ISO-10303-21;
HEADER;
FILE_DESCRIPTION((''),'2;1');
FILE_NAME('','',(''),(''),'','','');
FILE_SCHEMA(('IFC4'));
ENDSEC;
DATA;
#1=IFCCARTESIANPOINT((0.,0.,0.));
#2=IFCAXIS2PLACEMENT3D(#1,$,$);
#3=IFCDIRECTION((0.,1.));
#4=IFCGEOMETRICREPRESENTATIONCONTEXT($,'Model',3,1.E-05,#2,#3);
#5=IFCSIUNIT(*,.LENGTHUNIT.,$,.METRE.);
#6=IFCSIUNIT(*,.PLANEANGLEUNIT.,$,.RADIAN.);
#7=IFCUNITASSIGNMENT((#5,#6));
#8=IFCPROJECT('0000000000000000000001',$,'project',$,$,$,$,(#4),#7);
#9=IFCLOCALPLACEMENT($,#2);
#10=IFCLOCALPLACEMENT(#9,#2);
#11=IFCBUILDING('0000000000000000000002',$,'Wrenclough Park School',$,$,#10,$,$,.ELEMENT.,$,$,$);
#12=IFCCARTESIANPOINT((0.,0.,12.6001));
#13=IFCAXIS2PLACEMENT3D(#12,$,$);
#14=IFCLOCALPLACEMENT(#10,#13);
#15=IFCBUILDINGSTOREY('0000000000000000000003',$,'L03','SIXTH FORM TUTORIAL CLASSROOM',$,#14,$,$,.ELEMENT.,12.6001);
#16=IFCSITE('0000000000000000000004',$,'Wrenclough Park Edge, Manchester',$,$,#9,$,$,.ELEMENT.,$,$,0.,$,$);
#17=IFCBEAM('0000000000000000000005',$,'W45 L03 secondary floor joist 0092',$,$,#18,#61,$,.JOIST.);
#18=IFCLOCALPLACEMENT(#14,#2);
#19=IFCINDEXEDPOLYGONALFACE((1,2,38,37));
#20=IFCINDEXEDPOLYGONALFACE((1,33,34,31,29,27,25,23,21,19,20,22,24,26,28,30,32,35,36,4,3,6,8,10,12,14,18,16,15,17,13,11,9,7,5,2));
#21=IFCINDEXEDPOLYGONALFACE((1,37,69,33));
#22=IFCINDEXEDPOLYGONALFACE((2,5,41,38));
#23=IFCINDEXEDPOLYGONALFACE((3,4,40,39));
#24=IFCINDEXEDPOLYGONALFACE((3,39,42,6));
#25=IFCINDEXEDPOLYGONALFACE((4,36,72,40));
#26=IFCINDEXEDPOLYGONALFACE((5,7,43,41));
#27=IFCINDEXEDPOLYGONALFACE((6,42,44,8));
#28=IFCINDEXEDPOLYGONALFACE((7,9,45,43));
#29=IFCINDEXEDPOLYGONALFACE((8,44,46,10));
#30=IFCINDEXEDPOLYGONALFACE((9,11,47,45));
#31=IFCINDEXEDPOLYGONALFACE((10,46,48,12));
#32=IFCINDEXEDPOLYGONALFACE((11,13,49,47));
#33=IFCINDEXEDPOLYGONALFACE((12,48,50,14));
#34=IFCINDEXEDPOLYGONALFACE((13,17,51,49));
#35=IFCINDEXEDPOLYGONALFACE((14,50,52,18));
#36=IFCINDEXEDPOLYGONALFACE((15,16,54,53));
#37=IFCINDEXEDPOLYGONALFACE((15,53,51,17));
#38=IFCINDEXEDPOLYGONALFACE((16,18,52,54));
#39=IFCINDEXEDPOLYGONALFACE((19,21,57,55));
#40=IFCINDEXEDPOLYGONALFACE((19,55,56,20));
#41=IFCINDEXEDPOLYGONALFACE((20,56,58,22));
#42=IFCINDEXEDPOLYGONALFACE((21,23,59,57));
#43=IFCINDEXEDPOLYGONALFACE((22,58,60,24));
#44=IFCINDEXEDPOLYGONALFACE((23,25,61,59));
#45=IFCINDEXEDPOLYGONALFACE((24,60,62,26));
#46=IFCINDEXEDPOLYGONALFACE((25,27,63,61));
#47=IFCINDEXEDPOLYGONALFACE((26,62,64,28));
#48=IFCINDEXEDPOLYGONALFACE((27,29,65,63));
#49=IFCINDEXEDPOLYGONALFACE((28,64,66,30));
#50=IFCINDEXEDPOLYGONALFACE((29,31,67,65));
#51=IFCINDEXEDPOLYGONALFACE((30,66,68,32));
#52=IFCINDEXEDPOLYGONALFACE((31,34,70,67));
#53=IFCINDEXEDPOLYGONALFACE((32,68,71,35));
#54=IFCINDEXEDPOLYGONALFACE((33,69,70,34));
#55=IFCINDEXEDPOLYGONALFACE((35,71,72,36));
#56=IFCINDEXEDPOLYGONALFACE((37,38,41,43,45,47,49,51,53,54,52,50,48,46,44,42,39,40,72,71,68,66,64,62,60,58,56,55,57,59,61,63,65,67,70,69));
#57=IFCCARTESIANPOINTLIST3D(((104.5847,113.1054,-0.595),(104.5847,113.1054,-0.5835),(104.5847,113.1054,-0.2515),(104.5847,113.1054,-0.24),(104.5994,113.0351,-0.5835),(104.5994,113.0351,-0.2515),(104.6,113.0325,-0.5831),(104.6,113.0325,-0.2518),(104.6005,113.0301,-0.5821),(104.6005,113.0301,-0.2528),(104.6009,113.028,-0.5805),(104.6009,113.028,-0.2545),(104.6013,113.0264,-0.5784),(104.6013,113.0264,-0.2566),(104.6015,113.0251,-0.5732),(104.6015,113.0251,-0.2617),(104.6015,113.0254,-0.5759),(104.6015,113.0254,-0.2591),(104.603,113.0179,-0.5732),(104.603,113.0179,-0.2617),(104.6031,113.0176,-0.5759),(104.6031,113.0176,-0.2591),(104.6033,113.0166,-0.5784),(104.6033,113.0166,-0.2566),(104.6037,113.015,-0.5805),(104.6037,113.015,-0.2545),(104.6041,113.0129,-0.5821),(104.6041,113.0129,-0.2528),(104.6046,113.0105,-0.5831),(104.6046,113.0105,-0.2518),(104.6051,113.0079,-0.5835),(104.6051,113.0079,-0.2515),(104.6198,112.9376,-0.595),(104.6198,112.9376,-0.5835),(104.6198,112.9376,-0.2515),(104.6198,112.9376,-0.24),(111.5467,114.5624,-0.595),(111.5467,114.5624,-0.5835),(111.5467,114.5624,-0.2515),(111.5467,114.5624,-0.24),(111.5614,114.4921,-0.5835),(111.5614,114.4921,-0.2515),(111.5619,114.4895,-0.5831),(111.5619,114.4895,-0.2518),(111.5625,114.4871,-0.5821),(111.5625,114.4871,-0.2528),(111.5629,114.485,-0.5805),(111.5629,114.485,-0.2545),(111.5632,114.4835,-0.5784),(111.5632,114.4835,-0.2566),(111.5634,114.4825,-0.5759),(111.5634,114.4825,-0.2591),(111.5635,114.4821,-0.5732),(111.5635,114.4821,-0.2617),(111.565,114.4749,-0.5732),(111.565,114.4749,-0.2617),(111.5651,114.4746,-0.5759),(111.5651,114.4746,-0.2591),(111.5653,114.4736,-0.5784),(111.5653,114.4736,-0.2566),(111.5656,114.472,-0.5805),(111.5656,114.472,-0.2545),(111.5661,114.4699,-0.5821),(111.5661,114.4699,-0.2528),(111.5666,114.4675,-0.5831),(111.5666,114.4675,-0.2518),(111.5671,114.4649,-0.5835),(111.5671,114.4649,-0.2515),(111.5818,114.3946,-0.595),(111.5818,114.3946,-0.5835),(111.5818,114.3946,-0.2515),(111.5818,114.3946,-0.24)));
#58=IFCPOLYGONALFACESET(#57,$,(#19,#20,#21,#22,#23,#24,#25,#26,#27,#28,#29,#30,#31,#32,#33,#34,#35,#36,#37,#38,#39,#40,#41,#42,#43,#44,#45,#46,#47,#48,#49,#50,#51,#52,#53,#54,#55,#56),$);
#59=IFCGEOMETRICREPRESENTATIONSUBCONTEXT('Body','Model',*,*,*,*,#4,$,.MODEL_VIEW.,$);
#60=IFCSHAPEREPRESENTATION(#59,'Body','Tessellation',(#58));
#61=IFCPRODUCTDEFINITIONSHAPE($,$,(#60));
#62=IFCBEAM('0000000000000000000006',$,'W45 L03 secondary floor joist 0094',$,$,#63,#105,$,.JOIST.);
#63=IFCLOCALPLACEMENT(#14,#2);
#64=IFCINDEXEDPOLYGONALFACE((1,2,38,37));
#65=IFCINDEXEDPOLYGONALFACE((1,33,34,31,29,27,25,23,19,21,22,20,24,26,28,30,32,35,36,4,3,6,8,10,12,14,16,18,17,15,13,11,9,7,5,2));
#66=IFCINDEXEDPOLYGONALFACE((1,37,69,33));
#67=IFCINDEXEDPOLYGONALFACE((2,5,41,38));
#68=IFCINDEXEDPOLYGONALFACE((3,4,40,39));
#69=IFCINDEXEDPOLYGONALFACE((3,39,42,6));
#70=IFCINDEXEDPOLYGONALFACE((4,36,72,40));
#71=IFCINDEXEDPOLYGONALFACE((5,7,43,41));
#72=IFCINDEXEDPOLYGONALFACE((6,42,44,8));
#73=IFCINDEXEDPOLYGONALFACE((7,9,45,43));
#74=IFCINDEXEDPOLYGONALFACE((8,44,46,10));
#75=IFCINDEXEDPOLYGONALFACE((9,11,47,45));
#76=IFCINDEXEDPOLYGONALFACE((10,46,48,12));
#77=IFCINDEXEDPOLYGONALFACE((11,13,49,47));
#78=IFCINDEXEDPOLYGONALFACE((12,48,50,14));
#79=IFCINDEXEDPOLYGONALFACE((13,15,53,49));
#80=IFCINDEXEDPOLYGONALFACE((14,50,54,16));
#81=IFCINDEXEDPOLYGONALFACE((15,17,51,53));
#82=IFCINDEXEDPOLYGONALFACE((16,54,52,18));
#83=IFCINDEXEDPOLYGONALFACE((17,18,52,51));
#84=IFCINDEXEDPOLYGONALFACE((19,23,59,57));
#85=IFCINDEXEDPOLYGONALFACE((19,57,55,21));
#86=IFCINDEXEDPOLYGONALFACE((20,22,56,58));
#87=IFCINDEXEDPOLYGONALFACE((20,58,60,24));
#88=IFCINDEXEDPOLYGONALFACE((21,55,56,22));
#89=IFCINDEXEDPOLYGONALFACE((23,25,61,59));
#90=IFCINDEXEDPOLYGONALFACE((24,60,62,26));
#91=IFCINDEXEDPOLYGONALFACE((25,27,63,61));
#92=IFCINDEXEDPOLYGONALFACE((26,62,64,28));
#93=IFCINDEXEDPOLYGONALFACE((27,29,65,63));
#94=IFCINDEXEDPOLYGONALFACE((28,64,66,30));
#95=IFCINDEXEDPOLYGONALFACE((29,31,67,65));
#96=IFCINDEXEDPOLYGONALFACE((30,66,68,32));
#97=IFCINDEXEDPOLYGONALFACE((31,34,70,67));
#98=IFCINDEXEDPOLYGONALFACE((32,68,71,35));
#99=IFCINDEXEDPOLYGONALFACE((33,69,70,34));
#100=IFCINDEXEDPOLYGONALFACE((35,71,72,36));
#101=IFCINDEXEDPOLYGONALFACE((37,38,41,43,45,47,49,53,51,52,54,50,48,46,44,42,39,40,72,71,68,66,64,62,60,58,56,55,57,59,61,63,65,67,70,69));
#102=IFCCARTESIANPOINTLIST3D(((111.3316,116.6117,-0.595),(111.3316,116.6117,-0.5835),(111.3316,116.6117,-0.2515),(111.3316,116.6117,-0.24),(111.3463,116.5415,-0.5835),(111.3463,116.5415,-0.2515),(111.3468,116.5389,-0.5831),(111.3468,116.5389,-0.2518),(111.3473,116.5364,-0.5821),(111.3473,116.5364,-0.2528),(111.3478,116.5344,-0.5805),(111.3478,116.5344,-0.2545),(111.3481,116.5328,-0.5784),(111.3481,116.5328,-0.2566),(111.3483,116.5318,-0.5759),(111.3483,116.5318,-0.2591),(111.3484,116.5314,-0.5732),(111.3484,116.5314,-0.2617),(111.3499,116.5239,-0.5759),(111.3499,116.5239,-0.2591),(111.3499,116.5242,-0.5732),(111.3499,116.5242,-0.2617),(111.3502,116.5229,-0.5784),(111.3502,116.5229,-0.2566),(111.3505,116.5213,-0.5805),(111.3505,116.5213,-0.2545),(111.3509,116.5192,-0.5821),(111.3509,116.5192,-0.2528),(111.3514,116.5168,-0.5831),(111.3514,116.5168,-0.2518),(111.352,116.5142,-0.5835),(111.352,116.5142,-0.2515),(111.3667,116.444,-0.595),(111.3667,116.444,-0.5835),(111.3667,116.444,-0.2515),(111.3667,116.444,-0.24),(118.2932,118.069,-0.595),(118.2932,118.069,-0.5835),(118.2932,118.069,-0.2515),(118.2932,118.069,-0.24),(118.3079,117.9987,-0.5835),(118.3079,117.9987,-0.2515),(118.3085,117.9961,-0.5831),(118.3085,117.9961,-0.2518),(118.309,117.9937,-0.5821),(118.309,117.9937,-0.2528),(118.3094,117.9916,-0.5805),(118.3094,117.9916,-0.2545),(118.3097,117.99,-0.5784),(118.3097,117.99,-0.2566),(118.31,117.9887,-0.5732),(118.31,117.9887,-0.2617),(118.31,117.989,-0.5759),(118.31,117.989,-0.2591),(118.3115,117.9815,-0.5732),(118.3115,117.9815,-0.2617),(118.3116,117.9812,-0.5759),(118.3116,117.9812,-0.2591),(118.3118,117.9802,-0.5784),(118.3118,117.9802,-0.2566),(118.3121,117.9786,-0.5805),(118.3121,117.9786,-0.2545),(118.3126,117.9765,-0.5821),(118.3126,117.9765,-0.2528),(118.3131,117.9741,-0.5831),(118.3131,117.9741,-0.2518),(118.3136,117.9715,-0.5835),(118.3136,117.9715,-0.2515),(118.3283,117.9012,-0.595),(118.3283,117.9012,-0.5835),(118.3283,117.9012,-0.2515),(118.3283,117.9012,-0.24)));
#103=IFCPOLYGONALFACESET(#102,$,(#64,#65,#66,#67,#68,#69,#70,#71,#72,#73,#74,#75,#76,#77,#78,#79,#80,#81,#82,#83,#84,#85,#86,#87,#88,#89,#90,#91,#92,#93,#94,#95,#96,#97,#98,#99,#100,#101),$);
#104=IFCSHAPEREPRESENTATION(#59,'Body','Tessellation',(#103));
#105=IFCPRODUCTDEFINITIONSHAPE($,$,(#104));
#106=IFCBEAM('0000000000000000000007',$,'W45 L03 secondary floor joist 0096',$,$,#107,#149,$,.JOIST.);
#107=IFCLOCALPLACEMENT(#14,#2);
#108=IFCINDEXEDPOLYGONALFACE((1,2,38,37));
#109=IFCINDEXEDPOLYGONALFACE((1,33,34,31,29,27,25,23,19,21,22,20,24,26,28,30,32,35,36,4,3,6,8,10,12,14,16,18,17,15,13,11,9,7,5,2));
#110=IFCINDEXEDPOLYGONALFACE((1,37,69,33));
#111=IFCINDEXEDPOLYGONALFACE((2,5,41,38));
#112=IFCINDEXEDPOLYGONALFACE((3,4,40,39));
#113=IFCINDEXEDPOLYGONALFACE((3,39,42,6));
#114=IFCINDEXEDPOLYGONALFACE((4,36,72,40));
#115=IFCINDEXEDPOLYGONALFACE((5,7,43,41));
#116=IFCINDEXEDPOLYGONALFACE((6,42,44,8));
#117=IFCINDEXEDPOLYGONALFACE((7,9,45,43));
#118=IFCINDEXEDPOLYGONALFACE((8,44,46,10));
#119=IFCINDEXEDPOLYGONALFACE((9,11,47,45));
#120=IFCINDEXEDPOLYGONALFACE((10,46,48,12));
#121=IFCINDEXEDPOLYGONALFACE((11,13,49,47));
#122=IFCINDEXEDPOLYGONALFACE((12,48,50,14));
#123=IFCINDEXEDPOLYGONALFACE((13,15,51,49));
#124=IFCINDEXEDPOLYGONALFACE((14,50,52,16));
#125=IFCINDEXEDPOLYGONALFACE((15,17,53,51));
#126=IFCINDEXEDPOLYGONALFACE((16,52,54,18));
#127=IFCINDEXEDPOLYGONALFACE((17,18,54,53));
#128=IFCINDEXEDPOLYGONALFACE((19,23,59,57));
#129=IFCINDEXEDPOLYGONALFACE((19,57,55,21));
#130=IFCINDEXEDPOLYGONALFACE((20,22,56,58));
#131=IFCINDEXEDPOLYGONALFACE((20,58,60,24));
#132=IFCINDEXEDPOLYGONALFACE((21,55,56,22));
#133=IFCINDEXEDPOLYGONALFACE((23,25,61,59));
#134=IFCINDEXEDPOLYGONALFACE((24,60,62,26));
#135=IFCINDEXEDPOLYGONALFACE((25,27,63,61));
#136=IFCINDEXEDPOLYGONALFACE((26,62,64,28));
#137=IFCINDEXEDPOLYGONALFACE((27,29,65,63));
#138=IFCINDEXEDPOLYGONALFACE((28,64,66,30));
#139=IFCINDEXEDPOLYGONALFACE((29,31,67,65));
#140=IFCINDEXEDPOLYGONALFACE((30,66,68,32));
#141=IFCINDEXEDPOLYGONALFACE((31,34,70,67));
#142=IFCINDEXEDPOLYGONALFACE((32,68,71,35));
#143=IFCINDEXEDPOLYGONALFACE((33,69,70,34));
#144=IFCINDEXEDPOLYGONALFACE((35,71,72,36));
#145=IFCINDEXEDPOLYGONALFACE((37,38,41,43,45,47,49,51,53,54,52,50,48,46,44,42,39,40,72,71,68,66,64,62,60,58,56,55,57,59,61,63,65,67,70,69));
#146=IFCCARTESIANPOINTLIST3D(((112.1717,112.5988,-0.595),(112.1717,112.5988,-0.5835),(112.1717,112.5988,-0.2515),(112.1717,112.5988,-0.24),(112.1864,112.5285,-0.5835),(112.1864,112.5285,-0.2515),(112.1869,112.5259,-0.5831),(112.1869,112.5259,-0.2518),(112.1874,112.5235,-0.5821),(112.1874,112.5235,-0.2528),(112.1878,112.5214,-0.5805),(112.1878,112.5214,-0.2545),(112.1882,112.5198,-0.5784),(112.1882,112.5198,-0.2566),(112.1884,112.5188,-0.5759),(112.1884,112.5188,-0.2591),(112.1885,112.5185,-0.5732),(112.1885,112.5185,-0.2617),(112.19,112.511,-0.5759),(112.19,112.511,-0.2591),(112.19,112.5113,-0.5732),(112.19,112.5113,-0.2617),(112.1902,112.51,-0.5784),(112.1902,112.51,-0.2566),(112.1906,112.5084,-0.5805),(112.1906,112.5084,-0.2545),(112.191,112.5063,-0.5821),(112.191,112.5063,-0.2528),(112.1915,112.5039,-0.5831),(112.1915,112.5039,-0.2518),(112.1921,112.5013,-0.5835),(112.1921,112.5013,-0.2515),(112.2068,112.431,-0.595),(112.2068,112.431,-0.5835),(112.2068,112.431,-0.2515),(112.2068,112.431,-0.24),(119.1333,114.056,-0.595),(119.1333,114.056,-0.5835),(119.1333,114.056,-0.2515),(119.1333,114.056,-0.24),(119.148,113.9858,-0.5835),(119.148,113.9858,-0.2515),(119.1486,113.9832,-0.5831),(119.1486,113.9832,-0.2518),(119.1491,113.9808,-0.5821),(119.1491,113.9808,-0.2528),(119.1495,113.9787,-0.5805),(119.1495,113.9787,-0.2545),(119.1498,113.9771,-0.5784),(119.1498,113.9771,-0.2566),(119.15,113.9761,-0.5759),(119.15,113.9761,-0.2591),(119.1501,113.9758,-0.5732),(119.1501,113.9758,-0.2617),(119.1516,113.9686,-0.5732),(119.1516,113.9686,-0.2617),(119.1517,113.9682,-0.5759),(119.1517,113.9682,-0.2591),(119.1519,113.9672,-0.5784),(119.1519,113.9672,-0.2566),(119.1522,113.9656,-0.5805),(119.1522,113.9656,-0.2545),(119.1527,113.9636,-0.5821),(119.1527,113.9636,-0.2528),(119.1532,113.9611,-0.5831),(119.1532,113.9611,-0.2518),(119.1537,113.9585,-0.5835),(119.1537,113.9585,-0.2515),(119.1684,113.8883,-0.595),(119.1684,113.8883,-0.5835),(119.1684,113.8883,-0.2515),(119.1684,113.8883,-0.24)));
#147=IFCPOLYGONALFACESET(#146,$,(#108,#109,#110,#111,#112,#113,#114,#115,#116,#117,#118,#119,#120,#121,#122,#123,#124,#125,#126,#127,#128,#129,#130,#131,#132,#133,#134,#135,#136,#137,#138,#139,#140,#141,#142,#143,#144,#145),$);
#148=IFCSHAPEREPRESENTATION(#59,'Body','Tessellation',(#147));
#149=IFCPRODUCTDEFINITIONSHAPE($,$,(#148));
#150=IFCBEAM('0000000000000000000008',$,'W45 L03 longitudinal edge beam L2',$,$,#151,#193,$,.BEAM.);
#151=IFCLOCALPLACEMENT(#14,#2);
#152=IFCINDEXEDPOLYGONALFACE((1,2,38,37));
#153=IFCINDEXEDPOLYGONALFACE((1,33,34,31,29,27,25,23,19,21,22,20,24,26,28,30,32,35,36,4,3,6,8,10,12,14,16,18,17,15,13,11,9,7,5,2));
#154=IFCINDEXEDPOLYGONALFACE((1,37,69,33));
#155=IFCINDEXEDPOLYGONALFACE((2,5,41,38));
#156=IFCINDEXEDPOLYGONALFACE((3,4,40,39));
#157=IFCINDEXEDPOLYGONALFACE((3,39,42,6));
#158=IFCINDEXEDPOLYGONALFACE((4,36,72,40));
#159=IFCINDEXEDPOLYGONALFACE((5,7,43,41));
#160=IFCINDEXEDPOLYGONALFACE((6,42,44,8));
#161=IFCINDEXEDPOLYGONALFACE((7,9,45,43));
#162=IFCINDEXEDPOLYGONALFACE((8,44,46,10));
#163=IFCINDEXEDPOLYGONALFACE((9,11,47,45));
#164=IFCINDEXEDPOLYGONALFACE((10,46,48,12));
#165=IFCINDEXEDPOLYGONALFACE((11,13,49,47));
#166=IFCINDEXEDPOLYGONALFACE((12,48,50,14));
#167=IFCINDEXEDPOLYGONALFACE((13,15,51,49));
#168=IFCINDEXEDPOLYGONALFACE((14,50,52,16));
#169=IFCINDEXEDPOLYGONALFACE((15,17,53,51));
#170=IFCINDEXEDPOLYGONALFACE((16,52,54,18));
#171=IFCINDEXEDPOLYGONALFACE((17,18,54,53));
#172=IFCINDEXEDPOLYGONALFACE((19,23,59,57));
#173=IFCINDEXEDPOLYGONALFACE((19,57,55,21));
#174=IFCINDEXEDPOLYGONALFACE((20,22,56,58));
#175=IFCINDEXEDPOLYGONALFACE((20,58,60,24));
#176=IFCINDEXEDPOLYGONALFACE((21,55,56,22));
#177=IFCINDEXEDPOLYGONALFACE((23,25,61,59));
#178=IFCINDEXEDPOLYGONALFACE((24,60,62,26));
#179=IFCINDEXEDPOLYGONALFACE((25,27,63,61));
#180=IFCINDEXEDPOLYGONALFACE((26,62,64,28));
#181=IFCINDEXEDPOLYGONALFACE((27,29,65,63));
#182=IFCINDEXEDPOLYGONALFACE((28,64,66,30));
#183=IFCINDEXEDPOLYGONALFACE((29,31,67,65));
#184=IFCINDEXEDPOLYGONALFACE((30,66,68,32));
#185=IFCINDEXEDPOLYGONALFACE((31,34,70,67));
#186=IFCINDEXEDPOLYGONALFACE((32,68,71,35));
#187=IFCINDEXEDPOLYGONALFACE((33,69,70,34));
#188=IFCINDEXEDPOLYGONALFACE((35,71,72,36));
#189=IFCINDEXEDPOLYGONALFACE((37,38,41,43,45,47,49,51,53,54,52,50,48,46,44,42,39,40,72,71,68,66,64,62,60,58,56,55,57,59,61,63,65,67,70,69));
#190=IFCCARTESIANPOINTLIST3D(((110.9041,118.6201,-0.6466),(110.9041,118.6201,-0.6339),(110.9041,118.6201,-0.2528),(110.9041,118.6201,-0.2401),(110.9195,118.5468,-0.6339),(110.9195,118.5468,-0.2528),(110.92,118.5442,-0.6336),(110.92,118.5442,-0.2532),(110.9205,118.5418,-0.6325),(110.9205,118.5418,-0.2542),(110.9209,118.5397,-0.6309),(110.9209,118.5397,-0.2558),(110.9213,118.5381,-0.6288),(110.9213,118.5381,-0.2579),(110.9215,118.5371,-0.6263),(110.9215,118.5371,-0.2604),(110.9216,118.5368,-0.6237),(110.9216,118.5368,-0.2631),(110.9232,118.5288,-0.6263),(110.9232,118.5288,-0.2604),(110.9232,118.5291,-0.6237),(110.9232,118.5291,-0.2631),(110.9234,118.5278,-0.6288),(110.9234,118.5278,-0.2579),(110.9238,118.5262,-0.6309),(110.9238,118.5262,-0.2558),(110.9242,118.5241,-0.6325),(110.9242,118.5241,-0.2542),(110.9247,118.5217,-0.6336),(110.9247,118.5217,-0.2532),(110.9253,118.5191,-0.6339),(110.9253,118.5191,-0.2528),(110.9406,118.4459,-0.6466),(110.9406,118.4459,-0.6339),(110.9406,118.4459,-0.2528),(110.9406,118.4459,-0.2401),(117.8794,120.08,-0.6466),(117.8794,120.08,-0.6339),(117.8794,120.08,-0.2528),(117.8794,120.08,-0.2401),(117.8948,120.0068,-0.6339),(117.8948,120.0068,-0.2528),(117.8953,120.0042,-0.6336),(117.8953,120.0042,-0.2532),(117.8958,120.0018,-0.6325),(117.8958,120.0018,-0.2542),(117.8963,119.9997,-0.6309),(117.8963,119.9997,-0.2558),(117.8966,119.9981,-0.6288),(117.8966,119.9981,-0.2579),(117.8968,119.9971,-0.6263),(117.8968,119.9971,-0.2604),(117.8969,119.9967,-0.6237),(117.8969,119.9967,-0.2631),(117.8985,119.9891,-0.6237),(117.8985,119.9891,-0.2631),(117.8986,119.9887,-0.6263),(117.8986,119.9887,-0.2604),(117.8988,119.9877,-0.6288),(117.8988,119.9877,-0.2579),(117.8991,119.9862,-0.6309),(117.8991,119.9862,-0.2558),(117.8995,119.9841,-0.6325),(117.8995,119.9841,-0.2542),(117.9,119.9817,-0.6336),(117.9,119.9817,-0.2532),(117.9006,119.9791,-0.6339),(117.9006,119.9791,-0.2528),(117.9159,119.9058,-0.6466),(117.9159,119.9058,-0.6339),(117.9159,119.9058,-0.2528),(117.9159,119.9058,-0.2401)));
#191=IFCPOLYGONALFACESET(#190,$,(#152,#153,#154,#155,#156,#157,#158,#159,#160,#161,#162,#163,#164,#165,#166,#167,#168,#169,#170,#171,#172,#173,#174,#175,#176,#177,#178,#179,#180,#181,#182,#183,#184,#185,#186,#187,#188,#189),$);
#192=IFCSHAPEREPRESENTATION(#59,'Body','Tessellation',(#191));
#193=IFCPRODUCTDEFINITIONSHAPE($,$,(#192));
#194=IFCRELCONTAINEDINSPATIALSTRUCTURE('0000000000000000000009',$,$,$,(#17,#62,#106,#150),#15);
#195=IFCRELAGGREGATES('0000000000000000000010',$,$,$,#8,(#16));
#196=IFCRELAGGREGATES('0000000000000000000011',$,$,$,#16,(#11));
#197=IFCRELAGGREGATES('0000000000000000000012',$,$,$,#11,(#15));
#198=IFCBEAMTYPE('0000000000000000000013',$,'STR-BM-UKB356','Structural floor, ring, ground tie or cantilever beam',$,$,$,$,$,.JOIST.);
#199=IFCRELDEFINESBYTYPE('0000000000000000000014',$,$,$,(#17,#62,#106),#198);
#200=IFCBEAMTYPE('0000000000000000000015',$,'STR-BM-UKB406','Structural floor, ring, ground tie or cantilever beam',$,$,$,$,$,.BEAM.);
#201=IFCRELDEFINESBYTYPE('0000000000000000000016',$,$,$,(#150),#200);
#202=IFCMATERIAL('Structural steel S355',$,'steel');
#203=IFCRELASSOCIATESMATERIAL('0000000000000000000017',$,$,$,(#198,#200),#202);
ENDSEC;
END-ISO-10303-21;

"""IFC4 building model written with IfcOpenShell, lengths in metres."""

from ifc_helpers import new_model, si_unit, direction, frame, origin, origin_2d, place, context, subcontext, project, spatial, i_section, extrude, material, material_profile, profile_set, type_object, element, save


model = new_model("IFC4")

# Units and contexts
model_context = context("Model", 3, precision=1e-05, world=origin(), true_north=direction((0.0, 1.0)))
body_context = subcontext(model_context, "Body", "Model", "MODEL_VIEW")
ifc_project = project(units=[si_unit("LENGTHUNIT", "METRE"), si_unit("PLANEANGLEUNIT", "RADIAN")], contexts=[model_context])

# Site, building, storey
site_placement = place(None, origin())
site = spatial("IfcSite", under=ifc_project, at=site_placement, Name="Wrenclough Park Edge, Manchester", CompositionType="ELEMENT", RefElevation=0.0)
building_placement = place(site_placement, origin())
building = spatial("IfcBuilding", under=site, at=building_placement, Name="Wrenclough Park School", CompositionType="ELEMENT")
storey_placement = place(building_placement, frame((0.0, 0.0, 12.6001)))
storey = spatial("IfcBuildingStorey", under=building, at=storey_placement, Name="L03", Description="SIXTH FORM TUTORIAL CLASSROOM", CompositionType="ELEMENT", Elevation=12.6001)

# Shared definitions
ifc_material_1 = material(Name="Structural steel S355", Category="steel")

# Beams
ifc_material_profile_1 = material_profile(ifc_material_1, i_section(OverallWidth=0.1714, OverallDepth=0.355, WebThickness=0.0073, FlangeThickness=0.0115, FilletRadius=0.0103, at=origin_2d()), Name="UKB 356x171x51")
ifc_profile_set_1 = profile_set([ifc_material_profile_1], Name="Structural steel S355")
beam_type_1 = type_object("IfcBeamType", Name="STR-BM-UKB356", Description="Structural floor, ring, ground tie or cantilever beam", PredefinedType="JOIST", material=ifc_profile_set_1)
beam_1_placement = place(storey_placement, frame((104.6023, 113.0215, -0.4175), z_axis=(0.978794, 0.204848, 0.0), x_axis=(-0.204848, 0.978794, 0.0)))
element("IfcBeam", 1, at=beam_1_placement, inside=storey, type_object=beam_type_1, Name="W45 L03 secondary floor joist 0092", PredefinedType="JOIST", context=body_context, shape_type="SweptSolid", body=[
    extrude(i_section(OverallWidth=0.1714, OverallDepth=0.355, WebThickness=0.0073, FlangeThickness=0.0115, FilletRadius=0.0103, at=origin_2d()), origin(), (0.0, 0.0, 1.0), 7.1128),
])
for number, where, z_axis, x_axis, name in (
    (2, (111.3491, 116.5278, -0.4175), (0.978786, 0.204888, 0.0), (-0.204888, 0.978786, 0.0), "W45 L03 secondary floor joist 0094"),
    (3, (112.1892, 112.5149, -0.4175), (0.978786, 0.204888, 0.0), (-0.204888, 0.978786, 0.0), "W45 L03 secondary floor joist 0096"),
):
    element("IfcBeam", number, at=place(storey_placement, frame(where, z_axis=z_axis, x_axis=x_axis)), inside=storey, type_object=beam_type_1, Name=name, PredefinedType="JOIST", context=body_context, shape_type="SweptSolid", body=[
        extrude(i_section(OverallWidth=0.1714, OverallDepth=0.355, WebThickness=0.0073, FlangeThickness=0.0115, FilletRadius=0.0103, at=origin_2d()), origin(), (0.0, 0.0, 1.0), 7.1125),
    ])
ifc_material_profile_2 = material_profile(ifc_material_1, i_section(OverallWidth=0.178, OverallDepth=0.4065, WebThickness=0.0078, FlangeThickness=0.0127, FilletRadius=0.0103, at=origin_2d()), Name="UKB 406x178x60")
ifc_profile_set_2 = profile_set([ifc_material_profile_2], Name="Structural steel S355")
beam_type_2 = type_object("IfcBeamType", Name="STR-BM-UKB406", Description="Structural floor, ring, ground tie or cantilever beam", PredefinedType="BEAM", material=ifc_profile_set_2)
beam_2_placement = place(storey_placement, frame((110.9224, 118.533, -0.4434), z_axis=(0.97879, 0.204864, 0.0), x_axis=(-0.204864, 0.97879, 0.0)))
element("IfcBeam", 4, at=beam_2_placement, inside=storey, type_object=beam_type_2, Name="W45 L03 longitudinal edge beam L2", PredefinedType="BEAM", context=body_context, shape_type="SweptSolid", body=[
    extrude(i_section(OverallWidth=0.178, OverallDepth=0.4065, WebThickness=0.0078, FlangeThickness=0.0127, FilletRadius=0.0103, at=origin_2d()), origin(), (0.0, 0.0, 1.0), 7.1265),
])

save(model, "model.ifc")
